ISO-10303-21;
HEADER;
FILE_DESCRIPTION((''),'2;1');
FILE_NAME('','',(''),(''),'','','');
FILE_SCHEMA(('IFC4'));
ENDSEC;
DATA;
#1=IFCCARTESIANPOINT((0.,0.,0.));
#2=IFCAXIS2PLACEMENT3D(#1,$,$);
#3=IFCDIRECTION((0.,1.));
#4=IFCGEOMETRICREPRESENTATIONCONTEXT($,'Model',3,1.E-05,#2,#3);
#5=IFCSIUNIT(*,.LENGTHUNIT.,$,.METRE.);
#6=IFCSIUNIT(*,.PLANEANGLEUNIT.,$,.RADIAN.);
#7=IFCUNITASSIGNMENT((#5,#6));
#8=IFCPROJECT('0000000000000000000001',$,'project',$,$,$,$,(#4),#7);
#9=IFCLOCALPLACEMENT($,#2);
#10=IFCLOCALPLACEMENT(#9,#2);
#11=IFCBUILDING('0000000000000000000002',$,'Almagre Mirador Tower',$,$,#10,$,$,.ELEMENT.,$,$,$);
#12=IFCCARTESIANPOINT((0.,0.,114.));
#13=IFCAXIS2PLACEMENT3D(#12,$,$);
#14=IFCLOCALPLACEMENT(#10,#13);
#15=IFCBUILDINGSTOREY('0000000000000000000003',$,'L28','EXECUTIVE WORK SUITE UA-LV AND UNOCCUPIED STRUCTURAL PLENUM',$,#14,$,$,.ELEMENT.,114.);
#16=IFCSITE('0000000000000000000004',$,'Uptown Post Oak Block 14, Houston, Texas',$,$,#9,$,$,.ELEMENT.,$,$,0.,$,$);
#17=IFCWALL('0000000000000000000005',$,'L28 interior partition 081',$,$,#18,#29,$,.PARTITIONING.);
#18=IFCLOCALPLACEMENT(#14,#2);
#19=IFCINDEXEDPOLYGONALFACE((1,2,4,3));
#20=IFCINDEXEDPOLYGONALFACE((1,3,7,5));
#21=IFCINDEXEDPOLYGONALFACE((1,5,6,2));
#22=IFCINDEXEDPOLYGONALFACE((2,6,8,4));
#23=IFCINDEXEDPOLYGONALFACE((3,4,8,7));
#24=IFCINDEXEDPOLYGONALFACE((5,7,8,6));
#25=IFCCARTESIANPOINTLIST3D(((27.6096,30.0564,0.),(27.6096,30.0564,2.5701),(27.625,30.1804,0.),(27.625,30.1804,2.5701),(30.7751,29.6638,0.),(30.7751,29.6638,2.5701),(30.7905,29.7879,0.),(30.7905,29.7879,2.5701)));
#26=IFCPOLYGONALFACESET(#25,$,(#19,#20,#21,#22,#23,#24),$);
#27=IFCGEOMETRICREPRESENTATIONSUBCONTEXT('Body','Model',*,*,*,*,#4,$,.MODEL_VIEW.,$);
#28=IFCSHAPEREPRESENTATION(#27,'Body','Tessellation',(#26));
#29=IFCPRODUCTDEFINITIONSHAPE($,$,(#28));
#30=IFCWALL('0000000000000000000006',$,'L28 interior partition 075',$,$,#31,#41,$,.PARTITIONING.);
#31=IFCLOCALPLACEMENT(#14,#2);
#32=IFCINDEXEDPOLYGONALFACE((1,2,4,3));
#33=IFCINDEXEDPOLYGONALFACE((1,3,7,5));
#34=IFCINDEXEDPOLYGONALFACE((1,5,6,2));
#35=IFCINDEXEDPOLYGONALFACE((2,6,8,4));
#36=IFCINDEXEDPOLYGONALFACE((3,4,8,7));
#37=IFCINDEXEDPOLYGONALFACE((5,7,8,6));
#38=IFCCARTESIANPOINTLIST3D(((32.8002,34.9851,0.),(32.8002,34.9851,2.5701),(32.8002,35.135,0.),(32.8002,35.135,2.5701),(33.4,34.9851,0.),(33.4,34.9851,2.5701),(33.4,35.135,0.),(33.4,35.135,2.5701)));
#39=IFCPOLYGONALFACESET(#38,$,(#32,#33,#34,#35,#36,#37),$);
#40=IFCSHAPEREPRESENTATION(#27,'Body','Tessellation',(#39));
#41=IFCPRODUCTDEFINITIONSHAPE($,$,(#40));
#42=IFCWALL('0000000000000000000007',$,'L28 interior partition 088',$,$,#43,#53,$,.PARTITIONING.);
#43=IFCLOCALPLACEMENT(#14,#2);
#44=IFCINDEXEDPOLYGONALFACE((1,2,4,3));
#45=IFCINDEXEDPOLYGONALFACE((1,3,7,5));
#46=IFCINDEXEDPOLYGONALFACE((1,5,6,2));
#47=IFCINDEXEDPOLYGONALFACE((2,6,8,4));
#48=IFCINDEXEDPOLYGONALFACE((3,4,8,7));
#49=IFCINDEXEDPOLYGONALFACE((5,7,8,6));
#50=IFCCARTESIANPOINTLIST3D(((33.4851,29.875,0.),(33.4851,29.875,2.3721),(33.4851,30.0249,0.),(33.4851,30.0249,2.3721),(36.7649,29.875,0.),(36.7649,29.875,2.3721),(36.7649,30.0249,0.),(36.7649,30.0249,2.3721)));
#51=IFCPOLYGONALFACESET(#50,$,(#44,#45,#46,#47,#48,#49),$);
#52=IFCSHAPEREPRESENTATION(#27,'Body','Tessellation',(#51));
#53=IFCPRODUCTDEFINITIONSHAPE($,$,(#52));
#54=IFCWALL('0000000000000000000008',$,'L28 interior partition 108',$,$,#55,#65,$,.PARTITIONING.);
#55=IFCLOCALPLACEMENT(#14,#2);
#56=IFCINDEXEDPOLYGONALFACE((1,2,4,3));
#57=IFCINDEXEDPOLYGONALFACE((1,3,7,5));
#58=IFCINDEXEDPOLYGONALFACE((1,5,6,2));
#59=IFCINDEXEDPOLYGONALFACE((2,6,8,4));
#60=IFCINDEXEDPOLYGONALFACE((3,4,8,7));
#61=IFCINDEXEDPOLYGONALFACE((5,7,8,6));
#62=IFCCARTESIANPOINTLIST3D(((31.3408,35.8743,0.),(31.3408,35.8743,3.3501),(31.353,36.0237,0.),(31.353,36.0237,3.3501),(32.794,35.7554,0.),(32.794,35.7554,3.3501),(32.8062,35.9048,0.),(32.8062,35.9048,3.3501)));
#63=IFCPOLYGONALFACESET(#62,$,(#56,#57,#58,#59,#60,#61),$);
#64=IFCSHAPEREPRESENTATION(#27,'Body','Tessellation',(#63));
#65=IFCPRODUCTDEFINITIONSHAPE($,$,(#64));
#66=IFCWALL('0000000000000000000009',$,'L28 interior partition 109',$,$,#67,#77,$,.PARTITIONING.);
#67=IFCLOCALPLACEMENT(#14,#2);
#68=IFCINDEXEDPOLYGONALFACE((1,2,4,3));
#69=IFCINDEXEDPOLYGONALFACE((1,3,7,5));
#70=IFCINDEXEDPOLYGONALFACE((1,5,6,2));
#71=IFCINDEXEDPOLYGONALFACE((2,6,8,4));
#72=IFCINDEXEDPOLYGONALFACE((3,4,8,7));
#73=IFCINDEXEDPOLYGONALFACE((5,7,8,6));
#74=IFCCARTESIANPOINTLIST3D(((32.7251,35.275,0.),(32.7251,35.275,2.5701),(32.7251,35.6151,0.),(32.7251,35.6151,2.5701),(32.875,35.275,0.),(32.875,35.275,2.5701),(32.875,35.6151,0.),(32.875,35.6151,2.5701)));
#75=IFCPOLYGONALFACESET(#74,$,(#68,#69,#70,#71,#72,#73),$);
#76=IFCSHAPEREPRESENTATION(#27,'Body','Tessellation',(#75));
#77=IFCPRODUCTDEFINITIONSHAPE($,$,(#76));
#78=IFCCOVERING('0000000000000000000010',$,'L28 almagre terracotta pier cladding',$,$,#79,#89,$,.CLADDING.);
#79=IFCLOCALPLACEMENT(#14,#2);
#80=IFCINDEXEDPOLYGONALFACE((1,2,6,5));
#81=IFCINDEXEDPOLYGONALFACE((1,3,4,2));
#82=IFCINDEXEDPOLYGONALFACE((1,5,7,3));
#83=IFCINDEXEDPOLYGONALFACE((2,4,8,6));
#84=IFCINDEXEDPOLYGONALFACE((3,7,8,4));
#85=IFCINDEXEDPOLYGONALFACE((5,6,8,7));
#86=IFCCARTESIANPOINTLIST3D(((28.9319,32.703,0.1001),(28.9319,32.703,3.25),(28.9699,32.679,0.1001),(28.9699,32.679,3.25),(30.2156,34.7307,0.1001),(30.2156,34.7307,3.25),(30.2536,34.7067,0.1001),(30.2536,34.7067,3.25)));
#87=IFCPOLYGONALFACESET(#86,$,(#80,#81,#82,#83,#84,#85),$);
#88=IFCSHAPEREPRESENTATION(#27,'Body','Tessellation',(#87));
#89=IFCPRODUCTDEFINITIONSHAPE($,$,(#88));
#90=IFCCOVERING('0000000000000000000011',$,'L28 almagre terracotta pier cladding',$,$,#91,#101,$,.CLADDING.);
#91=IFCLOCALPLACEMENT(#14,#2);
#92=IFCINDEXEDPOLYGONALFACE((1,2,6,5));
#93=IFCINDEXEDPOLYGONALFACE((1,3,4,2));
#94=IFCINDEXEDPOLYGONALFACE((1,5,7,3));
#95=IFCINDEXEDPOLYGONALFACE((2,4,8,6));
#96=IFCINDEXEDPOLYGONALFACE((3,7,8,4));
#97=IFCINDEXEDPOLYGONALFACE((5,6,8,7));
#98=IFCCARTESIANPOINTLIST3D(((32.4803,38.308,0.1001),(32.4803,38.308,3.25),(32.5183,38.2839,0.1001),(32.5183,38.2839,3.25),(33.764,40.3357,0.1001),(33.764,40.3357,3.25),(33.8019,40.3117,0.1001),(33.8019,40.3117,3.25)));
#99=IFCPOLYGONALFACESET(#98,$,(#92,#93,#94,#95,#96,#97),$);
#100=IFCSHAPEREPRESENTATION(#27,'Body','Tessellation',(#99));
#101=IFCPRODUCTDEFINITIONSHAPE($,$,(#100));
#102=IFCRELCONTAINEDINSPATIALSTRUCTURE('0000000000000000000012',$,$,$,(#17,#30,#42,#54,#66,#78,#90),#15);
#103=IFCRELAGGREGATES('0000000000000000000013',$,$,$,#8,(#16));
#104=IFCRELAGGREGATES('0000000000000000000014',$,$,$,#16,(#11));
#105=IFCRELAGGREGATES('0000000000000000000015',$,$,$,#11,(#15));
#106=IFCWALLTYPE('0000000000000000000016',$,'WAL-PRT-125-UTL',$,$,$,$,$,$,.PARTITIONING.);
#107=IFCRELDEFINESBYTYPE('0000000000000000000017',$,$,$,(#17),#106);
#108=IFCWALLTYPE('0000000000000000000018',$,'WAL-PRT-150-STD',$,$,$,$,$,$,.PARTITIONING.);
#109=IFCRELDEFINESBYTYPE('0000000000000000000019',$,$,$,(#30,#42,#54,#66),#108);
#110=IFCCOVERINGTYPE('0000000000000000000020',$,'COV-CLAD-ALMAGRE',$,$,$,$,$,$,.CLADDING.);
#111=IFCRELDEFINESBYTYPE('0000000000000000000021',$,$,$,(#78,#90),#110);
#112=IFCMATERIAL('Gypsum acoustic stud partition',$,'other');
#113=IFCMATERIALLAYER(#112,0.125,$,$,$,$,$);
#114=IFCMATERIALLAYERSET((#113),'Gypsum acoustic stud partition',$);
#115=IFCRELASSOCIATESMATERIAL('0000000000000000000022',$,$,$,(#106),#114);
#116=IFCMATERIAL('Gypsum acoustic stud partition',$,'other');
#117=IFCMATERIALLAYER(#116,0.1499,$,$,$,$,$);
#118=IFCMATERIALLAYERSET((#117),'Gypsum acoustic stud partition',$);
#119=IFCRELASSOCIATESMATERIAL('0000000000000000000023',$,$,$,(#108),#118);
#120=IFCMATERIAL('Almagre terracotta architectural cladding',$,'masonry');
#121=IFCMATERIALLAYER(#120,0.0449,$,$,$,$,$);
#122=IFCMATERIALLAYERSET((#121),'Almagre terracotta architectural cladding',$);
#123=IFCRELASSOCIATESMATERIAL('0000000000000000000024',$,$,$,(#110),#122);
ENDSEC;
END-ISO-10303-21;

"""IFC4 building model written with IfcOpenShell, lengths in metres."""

from ifc_helpers import new_model, si_unit, direction, frame, frame_2d, origin, origin_2d, place, context, subcontext, project, spatial, rectangle, extrude, material, layer, layer_set, type_object, element, save


model = new_model("IFC4")

# Units and contexts
model_context = context("Model", 3, precision=1e-05, world=origin(), true_north=direction((0.0, 1.0)))
body_context = subcontext(model_context, "Body", "Model", "MODEL_VIEW")
ifc_project = project(units=[si_unit("LENGTHUNIT", "METRE"), si_unit("PLANEANGLEUNIT", "RADIAN")], contexts=[model_context])

# Site, building, storey
site_placement = place(None, origin())
site = spatial("IfcSite", under=ifc_project, at=site_placement, Name="Uptown Post Oak Block 14, Houston, Texas", CompositionType="ELEMENT", RefElevation=0.0)
building_placement = place(site_placement, origin())
building = spatial("IfcBuilding", under=site, at=building_placement, Name="Almagre Mirador Tower", CompositionType="ELEMENT")
storey_placement = place(building_placement, frame((0.0, 0.0, 114.0)))
storey = spatial("IfcBuildingStorey", under=building, at=storey_placement, Name="L28", Description="EXECUTIVE WORK SUITE UA-LV AND UNOCCUPIED STRUCTURAL PLENUM", CompositionType="ELEMENT", Elevation=114.0)

# Shared definitions
ifc_material_1 = material(Name="Gypsum acoustic stud partition", Category="other")
ifc_layer_1 = layer(ifc_material_1, 0.125)
ifc_layer_set_1 = layer_set([ifc_layer_1], Name="Gypsum acoustic stud partition")
wall_type_1 = type_object("IfcWallType", Name="WAL-PRT-125-UTL", PredefinedType="PARTITIONING", material=ifc_layer_set_1)

# Walls
wall_1_placement = place(storey_placement, frame((27.6174, 30.1184, 0.0), z_axis=(0.0, 0.0, 1.0), x_axis=(0.992398, -0.123074, 0.0)))
element("IfcWall", 1, at=wall_1_placement, inside=storey, type_object=wall_type_1, Name="L28 interior partition 081", PredefinedType="PARTITIONING", context=body_context, shape_type="SweptSolid", body=[
    extrude(rectangle(XDim=3.1897, YDim=0.125, at=frame_2d((1.5947, 0.0))), origin(), (0.0, 0.0, 1.0), 2.5701),
])
ifc_material_2 = material(Name="Gypsum acoustic stud partition", Category="other")
ifc_layer_2 = layer(ifc_material_2, 0.1499)
ifc_layer_set_2 = layer_set([ifc_layer_2], Name="Gypsum acoustic stud partition")
wall_type_2 = type_object("IfcWallType", Name="WAL-PRT-150-STD", PredefinedType="PARTITIONING", material=ifc_layer_set_2)
wall_2_placement = place(storey_placement, frame((33.3999, 35.0601, 0.0), z_axis=(0.0, 0.0, 1.0), x_axis=(-1.0, 0.0, 0.0)))
element("IfcWall", 2, at=wall_2_placement, inside=storey, type_object=wall_type_2, Name="L28 interior partition 075", PredefinedType="PARTITIONING", context=body_context, shape_type="SweptSolid", body=[
    extrude(rectangle(XDim=0.5999, YDim=0.1499, at=frame_2d((0.2998, 0.0))), origin(), (0.0, 0.0, 1.0), 2.5701),
])
wall_3_placement = place(storey_placement, frame((33.4851, 29.95, 0.0), z_axis=(0.0, 0.0, 1.0), x_axis=(1.0, 0.0, 0.0)))
element("IfcWall", 3, at=wall_3_placement, inside=storey, type_object=wall_type_2, Name="L28 interior partition 088", PredefinedType="PARTITIONING", context=body_context, shape_type="SweptSolid", body=[
    extrude(rectangle(XDim=3.2798, YDim=0.1499, at=frame_2d((1.6399, 0.0))), origin(), (0.0, 0.0, 1.0), 2.3721),
])
wall_4_placement = place(storey_placement, frame((31.3469, 35.949, 0.0), z_axis=(0.0, 0.0, 1.0), x_axis=(0.996669, -0.081549, 0.0)))
element("IfcWall", 4, at=wall_4_placement, inside=storey, type_object=wall_type_2, Name="L28 interior partition 108", PredefinedType="PARTITIONING", context=body_context, shape_type="SweptSolid", body=[
    extrude(rectangle(XDim=1.458, YDim=0.1499, at=frame_2d((0.729, 0.0))), origin(), (0.0, 0.0, 1.0), 3.3501),
])
wall_5_placement = place(storey_placement, frame((32.8, 35.615, 0.0), z_axis=(0.0, 0.0, 1.0), x_axis=(0.0, -1.0, 0.0)))
element("IfcWall", 5, at=wall_5_placement, inside=storey, type_object=wall_type_2, Name="L28 interior partition 109", PredefinedType="PARTITIONING", context=body_context, shape_type="SweptSolid", body=[
    extrude(rectangle(XDim=0.3401, YDim=0.1499, at=frame_2d((0.1699, 0.0))), origin(), (0.0, 0.0, 1.0), 2.5701),
])

# Coverings
ifc_material_3 = material(Name="Almagre terracotta architectural cladding", Category="masonry")
ifc_layer_3 = layer(ifc_material_3, 0.0449)
ifc_layer_set_3 = layer_set([ifc_layer_3], Name="Almagre terracotta architectural cladding")
covering_type = type_object("IfcCoveringType", Name="COV-CLAD-ALMAGRE", PredefinedType="CLADDING", material=ifc_layer_set_3)
for number, where, z_axis, x_axis, name in (
    (6, (29.5928, 33.7048, 0.1001), (0.0, 0.0, 1.0), (0.534898, 0.844917, 0.0), "L28 almagre terracotta pier cladding"),
    (7, (33.1411, 39.3098, 0.1001), (0.0, 0.0, 1.0), (0.534883, 0.844926, 0.0), "L28 almagre terracotta pier cladding"),
):
    element("IfcCovering", number, at=place(storey_placement, frame(where, z_axis=z_axis, x_axis=x_axis)), inside=storey, type_object=covering_type, Name=name, PredefinedType="CLADDING", context=body_context, shape_type="SweptSolid", body=[
        extrude(rectangle(XDim=2.3999, YDim=0.0449, at=origin_2d()), origin(), (0.0, 0.0, 1.0), 3.1499),
    ])

save(model, "model.ifc")
